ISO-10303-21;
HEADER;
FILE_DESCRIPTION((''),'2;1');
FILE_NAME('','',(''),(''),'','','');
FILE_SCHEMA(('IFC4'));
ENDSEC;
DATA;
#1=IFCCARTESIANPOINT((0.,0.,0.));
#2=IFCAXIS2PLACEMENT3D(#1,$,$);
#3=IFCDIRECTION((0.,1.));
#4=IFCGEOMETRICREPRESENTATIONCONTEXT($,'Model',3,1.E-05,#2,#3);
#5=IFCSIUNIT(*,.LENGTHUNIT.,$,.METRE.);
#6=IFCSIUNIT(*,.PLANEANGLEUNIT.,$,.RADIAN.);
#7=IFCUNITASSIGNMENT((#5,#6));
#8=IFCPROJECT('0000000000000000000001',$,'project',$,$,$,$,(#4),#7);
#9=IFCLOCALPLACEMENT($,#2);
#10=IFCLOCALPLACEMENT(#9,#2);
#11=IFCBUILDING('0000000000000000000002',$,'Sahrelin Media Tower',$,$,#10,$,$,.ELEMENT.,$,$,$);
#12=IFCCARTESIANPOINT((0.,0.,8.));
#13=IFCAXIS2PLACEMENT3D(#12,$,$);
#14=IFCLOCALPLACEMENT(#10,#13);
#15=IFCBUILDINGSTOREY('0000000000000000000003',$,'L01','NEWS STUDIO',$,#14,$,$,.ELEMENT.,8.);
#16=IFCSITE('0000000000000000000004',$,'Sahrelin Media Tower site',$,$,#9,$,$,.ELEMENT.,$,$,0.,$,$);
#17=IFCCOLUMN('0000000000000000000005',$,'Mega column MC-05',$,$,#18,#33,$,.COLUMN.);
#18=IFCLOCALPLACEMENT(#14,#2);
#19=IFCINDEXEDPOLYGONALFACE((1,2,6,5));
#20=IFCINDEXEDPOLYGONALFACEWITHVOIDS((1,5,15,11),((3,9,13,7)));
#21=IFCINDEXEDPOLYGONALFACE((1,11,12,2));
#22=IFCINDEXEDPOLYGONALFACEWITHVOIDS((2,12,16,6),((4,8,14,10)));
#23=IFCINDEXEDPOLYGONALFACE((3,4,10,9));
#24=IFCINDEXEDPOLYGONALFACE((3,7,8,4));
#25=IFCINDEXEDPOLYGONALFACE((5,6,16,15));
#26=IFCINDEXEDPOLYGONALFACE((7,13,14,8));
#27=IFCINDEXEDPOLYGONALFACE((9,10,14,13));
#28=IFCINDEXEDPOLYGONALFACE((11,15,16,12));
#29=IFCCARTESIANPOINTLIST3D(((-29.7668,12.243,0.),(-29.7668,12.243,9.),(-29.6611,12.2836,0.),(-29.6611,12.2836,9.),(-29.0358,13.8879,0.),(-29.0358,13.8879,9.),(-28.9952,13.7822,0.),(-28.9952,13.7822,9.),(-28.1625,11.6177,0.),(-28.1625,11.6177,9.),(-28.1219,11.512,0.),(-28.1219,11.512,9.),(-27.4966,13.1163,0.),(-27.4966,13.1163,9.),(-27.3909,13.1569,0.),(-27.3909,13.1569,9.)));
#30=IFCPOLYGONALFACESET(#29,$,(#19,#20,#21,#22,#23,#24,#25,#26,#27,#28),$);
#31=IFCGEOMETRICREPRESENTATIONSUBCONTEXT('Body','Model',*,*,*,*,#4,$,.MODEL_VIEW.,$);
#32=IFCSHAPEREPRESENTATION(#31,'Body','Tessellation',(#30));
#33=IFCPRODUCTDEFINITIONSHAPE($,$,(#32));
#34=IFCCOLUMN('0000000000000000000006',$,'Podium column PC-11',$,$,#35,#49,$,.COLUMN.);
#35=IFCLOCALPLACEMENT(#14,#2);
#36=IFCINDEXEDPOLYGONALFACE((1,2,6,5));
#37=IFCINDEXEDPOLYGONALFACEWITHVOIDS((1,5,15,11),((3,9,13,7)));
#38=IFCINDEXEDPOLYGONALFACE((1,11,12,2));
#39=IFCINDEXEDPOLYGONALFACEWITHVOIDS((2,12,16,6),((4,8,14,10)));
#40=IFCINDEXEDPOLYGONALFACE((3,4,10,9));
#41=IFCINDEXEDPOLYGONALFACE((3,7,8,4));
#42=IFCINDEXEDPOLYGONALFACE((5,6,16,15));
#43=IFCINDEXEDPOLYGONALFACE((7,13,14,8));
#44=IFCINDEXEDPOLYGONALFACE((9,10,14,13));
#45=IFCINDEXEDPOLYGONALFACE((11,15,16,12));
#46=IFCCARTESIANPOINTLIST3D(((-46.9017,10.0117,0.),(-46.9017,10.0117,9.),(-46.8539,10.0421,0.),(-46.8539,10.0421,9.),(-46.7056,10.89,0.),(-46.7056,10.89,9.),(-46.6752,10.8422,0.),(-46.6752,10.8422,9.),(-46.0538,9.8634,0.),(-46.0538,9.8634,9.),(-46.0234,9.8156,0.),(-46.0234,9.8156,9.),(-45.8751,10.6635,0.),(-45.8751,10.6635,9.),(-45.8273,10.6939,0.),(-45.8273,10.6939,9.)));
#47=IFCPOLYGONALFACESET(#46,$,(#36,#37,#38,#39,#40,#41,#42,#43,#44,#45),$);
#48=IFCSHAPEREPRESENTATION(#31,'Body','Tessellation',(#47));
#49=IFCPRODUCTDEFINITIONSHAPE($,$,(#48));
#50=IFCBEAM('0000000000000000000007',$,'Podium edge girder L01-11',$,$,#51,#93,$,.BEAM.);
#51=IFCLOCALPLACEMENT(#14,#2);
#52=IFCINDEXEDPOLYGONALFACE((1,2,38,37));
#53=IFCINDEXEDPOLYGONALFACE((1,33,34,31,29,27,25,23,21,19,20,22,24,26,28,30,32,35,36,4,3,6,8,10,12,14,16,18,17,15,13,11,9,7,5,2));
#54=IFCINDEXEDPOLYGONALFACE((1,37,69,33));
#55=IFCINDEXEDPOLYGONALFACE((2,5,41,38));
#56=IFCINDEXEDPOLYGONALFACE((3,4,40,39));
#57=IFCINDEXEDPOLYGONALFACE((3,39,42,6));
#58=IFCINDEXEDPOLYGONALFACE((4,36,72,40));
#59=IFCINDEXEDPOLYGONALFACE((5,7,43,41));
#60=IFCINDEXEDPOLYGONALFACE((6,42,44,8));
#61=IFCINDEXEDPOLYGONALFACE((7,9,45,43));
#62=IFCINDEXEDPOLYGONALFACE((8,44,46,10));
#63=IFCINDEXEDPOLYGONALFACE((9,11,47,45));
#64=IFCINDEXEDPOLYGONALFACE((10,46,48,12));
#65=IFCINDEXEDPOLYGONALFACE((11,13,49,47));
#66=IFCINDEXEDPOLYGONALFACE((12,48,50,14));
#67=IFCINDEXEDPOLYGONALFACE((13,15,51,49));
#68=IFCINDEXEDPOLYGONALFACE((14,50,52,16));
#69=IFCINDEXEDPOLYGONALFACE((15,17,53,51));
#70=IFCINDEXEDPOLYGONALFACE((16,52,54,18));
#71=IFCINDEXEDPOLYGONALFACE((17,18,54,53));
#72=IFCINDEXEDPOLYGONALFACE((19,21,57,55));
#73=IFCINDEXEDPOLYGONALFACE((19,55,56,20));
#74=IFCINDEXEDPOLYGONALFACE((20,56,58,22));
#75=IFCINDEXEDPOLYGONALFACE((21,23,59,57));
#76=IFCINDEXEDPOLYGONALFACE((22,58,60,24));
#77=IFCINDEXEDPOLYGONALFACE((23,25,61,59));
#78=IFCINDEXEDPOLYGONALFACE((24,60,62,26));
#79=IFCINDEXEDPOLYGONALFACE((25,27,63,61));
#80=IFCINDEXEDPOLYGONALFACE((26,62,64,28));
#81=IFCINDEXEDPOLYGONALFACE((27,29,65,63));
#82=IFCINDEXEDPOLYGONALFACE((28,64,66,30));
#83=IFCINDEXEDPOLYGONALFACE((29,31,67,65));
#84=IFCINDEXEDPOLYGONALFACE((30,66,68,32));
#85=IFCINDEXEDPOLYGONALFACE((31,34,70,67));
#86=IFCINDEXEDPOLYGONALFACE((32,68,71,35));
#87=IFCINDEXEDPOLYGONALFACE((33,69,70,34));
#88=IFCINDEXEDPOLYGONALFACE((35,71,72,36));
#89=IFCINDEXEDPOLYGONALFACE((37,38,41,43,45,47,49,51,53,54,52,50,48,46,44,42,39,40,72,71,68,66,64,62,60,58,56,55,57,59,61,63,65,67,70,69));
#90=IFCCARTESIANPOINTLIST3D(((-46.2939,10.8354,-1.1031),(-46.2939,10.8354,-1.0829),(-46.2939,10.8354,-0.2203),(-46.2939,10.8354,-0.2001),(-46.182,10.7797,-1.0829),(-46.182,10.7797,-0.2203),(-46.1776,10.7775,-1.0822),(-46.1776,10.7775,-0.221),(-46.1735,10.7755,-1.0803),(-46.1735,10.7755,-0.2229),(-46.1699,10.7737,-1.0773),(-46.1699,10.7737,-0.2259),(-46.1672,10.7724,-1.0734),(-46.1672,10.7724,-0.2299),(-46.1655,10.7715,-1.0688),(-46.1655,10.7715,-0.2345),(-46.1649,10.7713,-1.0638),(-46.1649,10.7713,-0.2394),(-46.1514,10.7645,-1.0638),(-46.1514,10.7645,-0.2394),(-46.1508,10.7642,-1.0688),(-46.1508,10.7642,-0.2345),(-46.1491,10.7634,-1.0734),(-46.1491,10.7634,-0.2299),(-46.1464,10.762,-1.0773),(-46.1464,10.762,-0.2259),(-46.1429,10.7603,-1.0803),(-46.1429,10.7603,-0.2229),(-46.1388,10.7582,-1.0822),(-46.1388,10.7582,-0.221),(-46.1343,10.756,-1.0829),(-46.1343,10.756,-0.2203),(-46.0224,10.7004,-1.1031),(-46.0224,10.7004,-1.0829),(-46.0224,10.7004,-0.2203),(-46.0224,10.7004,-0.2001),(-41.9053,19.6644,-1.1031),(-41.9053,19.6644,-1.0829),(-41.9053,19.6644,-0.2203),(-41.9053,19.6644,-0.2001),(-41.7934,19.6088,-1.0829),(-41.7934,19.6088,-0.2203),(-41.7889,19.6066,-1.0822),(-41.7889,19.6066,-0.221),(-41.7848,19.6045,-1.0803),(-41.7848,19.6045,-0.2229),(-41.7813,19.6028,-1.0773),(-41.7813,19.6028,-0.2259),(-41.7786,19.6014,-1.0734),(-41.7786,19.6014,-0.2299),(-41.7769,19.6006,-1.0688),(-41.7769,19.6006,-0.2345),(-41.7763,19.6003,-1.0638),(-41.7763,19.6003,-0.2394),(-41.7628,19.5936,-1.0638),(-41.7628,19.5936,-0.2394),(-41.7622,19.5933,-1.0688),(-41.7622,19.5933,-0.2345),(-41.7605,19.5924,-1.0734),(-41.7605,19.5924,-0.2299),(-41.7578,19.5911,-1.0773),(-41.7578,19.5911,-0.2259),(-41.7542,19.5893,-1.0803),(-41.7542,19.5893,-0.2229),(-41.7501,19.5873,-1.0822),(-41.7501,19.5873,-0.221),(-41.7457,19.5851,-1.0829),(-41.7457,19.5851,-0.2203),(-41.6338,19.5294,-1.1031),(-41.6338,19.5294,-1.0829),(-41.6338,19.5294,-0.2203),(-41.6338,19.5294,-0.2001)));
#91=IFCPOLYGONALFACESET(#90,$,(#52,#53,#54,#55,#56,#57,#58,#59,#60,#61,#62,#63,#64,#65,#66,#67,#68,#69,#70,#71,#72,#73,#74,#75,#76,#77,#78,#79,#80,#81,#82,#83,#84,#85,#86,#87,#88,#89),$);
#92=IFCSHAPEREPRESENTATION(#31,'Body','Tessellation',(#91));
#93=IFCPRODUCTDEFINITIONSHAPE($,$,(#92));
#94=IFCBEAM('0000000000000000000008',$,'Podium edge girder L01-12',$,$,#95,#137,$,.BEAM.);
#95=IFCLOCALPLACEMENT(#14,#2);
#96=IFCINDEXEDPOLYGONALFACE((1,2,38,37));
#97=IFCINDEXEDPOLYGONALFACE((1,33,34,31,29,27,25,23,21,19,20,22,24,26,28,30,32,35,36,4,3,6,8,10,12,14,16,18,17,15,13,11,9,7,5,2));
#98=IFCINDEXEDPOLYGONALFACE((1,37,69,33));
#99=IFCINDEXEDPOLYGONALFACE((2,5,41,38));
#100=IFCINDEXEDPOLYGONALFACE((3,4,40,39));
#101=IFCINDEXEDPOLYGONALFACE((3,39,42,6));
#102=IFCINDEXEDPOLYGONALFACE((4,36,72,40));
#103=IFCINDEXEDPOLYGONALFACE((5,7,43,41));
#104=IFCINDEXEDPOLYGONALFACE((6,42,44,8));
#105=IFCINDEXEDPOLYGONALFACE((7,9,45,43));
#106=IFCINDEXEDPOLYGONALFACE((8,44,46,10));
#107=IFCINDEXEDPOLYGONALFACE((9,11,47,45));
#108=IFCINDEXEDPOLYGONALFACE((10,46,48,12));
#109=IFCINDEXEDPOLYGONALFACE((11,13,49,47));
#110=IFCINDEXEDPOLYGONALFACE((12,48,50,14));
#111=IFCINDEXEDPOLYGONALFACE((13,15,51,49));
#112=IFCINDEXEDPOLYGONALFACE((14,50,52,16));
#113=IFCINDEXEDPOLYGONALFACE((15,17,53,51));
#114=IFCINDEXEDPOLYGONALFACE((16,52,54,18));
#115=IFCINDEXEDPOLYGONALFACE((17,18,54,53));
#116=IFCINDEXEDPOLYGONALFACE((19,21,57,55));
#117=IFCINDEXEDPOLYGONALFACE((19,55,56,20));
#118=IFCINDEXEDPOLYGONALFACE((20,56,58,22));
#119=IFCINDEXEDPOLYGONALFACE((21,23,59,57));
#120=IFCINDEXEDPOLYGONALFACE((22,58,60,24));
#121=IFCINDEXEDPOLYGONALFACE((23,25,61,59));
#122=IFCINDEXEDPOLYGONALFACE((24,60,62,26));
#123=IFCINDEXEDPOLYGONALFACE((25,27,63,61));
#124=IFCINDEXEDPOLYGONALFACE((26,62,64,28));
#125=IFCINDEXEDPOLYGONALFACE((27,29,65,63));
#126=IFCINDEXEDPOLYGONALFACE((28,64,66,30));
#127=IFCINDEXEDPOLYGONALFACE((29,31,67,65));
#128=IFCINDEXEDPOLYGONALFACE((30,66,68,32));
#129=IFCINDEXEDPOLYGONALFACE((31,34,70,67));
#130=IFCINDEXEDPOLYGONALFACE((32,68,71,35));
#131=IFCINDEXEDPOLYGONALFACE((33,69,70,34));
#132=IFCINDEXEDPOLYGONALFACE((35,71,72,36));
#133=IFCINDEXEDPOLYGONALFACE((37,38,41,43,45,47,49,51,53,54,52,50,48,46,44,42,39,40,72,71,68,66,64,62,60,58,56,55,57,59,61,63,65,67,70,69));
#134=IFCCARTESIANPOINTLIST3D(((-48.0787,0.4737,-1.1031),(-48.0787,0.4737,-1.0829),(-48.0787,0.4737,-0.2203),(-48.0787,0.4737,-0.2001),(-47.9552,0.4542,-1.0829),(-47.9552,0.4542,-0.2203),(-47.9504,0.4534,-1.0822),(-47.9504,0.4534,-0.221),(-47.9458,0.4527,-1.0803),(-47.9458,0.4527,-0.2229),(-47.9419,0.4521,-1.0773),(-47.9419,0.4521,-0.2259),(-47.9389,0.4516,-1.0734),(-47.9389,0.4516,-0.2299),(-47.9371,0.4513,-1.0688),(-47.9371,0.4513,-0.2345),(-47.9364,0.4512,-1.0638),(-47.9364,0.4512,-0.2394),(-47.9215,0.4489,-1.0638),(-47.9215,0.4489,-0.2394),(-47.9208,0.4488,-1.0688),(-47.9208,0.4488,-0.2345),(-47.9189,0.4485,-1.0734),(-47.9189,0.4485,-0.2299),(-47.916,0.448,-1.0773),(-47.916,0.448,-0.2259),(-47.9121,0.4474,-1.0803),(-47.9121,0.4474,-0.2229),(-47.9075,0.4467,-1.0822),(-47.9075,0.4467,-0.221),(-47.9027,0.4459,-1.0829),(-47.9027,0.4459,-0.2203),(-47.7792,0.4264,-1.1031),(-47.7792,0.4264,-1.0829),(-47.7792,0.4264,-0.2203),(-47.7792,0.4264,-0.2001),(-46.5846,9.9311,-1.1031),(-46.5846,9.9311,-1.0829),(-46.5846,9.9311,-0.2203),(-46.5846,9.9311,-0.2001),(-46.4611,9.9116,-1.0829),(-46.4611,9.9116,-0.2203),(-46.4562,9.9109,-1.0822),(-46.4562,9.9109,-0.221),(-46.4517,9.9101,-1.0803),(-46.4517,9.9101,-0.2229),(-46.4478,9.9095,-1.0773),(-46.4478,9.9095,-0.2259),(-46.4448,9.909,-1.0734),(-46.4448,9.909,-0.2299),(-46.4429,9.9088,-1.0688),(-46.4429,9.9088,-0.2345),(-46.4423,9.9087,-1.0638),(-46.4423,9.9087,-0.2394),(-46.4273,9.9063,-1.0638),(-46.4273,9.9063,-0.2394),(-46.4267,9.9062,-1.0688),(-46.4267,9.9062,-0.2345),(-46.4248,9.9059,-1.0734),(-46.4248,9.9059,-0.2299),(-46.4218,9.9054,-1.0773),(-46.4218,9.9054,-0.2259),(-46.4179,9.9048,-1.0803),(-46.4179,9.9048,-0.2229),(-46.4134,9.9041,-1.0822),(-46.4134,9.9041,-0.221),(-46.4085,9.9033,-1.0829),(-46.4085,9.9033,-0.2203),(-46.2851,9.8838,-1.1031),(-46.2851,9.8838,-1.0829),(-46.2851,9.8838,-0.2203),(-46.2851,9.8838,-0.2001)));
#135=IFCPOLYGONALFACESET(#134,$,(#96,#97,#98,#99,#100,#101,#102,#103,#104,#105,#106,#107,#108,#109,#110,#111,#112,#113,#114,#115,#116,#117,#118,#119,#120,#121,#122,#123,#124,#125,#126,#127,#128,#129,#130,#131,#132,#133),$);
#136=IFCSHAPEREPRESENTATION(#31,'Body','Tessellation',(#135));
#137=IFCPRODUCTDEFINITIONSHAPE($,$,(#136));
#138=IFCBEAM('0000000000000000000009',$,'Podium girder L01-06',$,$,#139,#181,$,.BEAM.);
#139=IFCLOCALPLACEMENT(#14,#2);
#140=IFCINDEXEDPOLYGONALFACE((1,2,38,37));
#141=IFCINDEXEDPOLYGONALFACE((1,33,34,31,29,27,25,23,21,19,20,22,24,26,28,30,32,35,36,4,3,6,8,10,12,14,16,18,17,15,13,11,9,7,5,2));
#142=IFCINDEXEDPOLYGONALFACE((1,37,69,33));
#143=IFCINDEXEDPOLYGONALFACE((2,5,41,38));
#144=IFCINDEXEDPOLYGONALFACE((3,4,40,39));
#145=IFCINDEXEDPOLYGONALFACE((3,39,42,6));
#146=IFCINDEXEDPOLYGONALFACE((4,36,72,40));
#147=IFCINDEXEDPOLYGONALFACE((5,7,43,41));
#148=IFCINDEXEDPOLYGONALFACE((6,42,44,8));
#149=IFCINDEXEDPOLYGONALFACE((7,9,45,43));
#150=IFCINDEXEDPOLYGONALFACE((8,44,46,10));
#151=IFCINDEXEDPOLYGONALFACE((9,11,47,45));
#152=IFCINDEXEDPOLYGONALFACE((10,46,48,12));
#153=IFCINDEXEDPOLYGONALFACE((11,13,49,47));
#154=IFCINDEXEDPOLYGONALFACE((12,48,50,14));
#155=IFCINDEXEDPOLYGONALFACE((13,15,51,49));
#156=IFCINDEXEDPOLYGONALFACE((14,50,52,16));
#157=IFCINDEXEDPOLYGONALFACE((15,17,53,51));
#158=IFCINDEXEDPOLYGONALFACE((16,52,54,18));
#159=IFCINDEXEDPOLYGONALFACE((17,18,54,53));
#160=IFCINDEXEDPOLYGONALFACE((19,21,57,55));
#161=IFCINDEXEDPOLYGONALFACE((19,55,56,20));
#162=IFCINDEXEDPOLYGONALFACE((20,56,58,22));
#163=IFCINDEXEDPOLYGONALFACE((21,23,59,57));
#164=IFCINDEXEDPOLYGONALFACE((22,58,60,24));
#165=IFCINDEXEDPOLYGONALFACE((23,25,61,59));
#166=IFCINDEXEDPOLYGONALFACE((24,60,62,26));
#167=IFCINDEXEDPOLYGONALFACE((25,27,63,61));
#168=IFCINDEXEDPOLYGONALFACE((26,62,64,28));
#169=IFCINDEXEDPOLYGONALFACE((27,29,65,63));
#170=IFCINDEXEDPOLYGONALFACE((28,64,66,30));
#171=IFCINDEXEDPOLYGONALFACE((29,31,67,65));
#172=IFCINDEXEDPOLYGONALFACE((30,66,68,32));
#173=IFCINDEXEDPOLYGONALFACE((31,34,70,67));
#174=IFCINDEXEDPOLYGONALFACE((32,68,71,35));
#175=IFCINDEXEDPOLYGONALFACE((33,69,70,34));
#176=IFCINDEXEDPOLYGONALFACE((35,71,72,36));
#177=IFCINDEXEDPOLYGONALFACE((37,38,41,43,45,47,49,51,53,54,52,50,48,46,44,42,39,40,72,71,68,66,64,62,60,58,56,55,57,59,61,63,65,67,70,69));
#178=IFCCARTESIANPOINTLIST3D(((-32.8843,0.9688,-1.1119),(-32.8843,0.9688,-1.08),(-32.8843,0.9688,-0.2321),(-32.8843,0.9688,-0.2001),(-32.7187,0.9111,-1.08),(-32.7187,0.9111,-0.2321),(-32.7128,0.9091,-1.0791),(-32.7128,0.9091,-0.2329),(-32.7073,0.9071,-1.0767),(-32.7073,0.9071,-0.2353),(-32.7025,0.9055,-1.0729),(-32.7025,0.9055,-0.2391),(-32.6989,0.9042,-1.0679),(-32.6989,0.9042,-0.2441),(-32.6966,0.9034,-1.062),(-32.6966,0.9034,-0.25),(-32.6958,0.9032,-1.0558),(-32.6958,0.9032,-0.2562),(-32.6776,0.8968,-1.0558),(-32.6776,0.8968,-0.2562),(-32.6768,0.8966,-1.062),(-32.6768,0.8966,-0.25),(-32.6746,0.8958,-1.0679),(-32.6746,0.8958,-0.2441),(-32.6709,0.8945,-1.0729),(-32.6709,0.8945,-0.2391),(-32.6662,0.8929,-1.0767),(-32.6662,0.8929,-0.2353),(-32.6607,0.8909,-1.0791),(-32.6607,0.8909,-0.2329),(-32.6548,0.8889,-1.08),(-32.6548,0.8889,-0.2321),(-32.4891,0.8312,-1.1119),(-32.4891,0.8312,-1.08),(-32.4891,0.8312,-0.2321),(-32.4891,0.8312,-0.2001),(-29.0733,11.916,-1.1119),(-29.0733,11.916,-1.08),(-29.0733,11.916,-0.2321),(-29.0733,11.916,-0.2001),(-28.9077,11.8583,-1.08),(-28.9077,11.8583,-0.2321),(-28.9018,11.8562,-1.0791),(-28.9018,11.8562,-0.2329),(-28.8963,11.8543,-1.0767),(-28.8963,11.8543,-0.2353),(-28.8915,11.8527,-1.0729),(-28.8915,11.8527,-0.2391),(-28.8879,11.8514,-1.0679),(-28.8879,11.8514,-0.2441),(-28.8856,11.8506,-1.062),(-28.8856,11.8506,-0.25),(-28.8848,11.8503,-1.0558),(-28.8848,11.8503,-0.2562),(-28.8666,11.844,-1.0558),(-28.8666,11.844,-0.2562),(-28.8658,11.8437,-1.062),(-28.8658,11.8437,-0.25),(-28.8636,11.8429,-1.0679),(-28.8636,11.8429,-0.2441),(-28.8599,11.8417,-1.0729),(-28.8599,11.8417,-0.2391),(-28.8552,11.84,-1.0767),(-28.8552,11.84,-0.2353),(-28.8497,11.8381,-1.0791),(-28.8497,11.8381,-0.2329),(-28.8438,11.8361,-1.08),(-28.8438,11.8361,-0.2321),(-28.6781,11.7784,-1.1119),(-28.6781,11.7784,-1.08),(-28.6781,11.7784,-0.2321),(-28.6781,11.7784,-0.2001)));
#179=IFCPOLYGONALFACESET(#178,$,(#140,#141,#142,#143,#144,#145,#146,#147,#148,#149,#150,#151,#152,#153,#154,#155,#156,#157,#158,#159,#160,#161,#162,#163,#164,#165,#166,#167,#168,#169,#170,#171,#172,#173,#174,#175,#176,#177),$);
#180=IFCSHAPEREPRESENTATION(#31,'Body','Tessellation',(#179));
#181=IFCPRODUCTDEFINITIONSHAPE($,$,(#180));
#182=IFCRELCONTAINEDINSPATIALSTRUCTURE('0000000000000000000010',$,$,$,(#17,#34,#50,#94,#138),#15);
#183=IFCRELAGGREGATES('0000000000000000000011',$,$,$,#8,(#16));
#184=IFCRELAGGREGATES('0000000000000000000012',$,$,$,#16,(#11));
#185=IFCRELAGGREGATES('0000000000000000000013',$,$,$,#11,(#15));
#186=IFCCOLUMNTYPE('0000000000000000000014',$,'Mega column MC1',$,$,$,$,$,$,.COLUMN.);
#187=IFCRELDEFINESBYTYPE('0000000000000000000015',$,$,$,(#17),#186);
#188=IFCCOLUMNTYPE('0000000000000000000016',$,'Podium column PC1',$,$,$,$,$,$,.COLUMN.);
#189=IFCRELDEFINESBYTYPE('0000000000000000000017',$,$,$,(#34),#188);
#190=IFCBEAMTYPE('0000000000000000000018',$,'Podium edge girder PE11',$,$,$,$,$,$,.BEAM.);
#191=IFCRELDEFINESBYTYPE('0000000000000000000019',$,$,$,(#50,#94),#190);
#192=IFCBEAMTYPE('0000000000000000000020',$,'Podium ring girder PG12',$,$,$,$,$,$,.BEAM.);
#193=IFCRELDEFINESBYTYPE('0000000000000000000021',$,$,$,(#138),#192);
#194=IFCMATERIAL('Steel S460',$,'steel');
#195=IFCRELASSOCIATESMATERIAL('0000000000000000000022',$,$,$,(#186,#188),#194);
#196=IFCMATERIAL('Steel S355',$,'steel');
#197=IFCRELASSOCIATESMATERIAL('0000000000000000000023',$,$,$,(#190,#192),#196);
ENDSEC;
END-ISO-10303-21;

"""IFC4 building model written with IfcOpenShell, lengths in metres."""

from ifc_helpers import new_model, si_unit, direction, frame, origin, origin_2d, place, context, subcontext, project, spatial, hollow_rectangle, i_section, extrude, material, material_profile, profile_set, type_object, element, save


model = new_model("IFC4")

# Units and contexts
model_context = context("Model", 3, precision=1e-05, world=origin(), true_north=direction((0.0, 1.0)))
body_context = subcontext(model_context, "Body", "Model", "MODEL_VIEW")
ifc_project = project(units=[si_unit("LENGTHUNIT", "METRE"), si_unit("PLANEANGLEUNIT", "RADIAN")], contexts=[model_context])

# Site, building, storey
site_placement = place(None, origin())
site = spatial("IfcSite", under=ifc_project, at=site_placement, Name="Sahrelin Media Tower site", CompositionType="ELEMENT", RefElevation=0.0)
building_placement = place(site_placement, origin())
building = spatial("IfcBuilding", under=site, at=building_placement, Name="Sahrelin Media Tower", CompositionType="ELEMENT")
storey_placement = place(building_placement, frame((0.0, 0.0, 8.0)))
storey = spatial("IfcBuildingStorey", under=building, at=storey_placement, Name="L01", Description="NEWS STUDIO", CompositionType="ELEMENT", Elevation=8.0)

# Columns
ifc_material_1 = material(Name="Steel S460", Category="steel")
ifc_material_profile_1 = material_profile(ifc_material_1, hollow_rectangle(XDim=1.8, YDim=1.8, WallThickness=0.0801, at=origin_2d()), Name="Mega column MC1")
ifc_profile_set_1 = profile_set([ifc_material_profile_1], Name="Steel S460")
column_type_1 = type_object("IfcColumnType", Name="Mega column MC1", PredefinedType="COLUMN", material=ifc_profile_set_1)
column_1_placement = place(storey_placement, frame((-28.5789, 12.7, 0.0), z_axis=(0.0, 0.0, 1.0), x_axis=(-0.913831, 0.406094, 0.0)))
element("IfcColumn", 1, at=column_1_placement, inside=storey, type_object=column_type_1, Name="Mega column MC-05", PredefinedType="COLUMN", context=body_context, shape_type="SweptSolid", body=[
    extrude(hollow_rectangle(XDim=1.8, YDim=1.8, WallThickness=0.0801, at=origin_2d()), origin(), (0.0, 0.0, 1.0), 9.0),
])
ifc_material_profile_2 = material_profile(ifc_material_1, hollow_rectangle(XDim=0.8999, YDim=0.8999, WallThickness=0.04, at=origin_2d()), Name="Podium column PC1")
ifc_profile_set_2 = profile_set([ifc_material_profile_2], Name="Steel S460")
column_type_2 = type_object("IfcColumnType", Name="Podium column PC1", PredefinedType="COLUMN", material=ifc_profile_set_2)
column_2_placement = place(storey_placement, frame((-46.3645, 10.3528, 0.0), z_axis=(0.0, 0.0, 1.0), x_axis=(-0.975965, 0.217925, 0.0)))
element("IfcColumn", 2, at=column_2_placement, inside=storey, type_object=column_type_2, Name="Podium column PC-11", PredefinedType="COLUMN", context=body_context, shape_type="SweptSolid", body=[
    extrude(hollow_rectangle(XDim=0.8999, YDim=0.8999, WallThickness=0.04, at=origin_2d()), origin(), (0.0, 0.0, 1.0), 9.0),
])

# Beams
ifc_material_2 = material(Name="Steel S355", Category="steel")
ifc_material_profile_3 = material_profile(ifc_material_2, i_section(OverallWidth=0.3032, OverallDepth=0.9031, WebThickness=0.0151, FlangeThickness=0.0203, FilletRadius=0.019, at=origin_2d()), Name="UB 914x305x201")
ifc_profile_set_3 = profile_set([ifc_material_profile_3], Name="Steel S355")
beam_type_1 = type_object("IfcBeamType", Name="Podium edge girder PE11", PredefinedType="BEAM", material=ifc_profile_set_3)
beam_1_placement = place(storey_placement, frame((-41.7695, 19.5969, -0.6516), z_axis=(-0.445113, -0.895475, 0.0), x_axis=(0.895475, -0.445113, 0.0)))
element("IfcBeam", 3, at=beam_1_placement, inside=storey, type_object=beam_type_1, Name="Podium edge girder L01-11", PredefinedType="BEAM", context=body_context, shape_type="SweptSolid", body=[
    extrude(i_section(OverallWidth=0.3032, OverallDepth=0.9031, WebThickness=0.0151, FlangeThickness=0.0203, FilletRadius=0.019, at=origin_2d()), origin(), (0.0, 0.0, 1.0), 9.8596),
])
beam_2_placement = place(storey_placement, frame((-46.4348, 9.9075, -0.6516), z_axis=(-0.156049, -0.987749, 0.0), x_axis=(0.987749, -0.156049, 0.0)))
element("IfcBeam", 4, at=beam_2_placement, inside=storey, type_object=beam_type_1, Name="Podium edge girder L01-12", PredefinedType="BEAM", context=body_context, shape_type="SweptSolid", body=[
    extrude(i_section(OverallWidth=0.3032, OverallDepth=0.9031, WebThickness=0.0151, FlangeThickness=0.0203, FilletRadius=0.019, at=origin_2d()), origin(), (0.0, 0.0, 1.0), 9.5747),
])
ifc_material_profile_4 = material_profile(ifc_material_2, i_section(OverallWidth=0.4185, OverallDepth=0.9119, WebThickness=0.0193, FlangeThickness=0.032, FilletRadius=0.0242, at=origin_2d()), Name="UB 914x419x343")
ifc_profile_set_4 = profile_set([ifc_material_profile_4], Name="Steel S355")
beam_type_2 = type_object("IfcBeamType", Name="Podium ring girder PG12", PredefinedType="BEAM", material=ifc_profile_set_4)
beam_3_placement = place(storey_placement, frame((-28.8757, 11.8472, -0.656), z_axis=(-0.328774, -0.944409, 0.0), x_axis=(0.944409, -0.328774, 0.0)))
element("IfcBeam", 5, at=beam_3_placement, inside=storey, type_object=beam_type_2, Name="Podium girder L01-06", PredefinedType="BEAM", context=body_context, shape_type="SweptSolid", body=[
    extrude(i_section(OverallWidth=0.4185, OverallDepth=0.9119, WebThickness=0.0193, FlangeThickness=0.032, FilletRadius=0.0242, at=origin_2d()), origin(), (0.0, 0.0, 1.0), 11.5916),
])

save(model, "model.ifc")
